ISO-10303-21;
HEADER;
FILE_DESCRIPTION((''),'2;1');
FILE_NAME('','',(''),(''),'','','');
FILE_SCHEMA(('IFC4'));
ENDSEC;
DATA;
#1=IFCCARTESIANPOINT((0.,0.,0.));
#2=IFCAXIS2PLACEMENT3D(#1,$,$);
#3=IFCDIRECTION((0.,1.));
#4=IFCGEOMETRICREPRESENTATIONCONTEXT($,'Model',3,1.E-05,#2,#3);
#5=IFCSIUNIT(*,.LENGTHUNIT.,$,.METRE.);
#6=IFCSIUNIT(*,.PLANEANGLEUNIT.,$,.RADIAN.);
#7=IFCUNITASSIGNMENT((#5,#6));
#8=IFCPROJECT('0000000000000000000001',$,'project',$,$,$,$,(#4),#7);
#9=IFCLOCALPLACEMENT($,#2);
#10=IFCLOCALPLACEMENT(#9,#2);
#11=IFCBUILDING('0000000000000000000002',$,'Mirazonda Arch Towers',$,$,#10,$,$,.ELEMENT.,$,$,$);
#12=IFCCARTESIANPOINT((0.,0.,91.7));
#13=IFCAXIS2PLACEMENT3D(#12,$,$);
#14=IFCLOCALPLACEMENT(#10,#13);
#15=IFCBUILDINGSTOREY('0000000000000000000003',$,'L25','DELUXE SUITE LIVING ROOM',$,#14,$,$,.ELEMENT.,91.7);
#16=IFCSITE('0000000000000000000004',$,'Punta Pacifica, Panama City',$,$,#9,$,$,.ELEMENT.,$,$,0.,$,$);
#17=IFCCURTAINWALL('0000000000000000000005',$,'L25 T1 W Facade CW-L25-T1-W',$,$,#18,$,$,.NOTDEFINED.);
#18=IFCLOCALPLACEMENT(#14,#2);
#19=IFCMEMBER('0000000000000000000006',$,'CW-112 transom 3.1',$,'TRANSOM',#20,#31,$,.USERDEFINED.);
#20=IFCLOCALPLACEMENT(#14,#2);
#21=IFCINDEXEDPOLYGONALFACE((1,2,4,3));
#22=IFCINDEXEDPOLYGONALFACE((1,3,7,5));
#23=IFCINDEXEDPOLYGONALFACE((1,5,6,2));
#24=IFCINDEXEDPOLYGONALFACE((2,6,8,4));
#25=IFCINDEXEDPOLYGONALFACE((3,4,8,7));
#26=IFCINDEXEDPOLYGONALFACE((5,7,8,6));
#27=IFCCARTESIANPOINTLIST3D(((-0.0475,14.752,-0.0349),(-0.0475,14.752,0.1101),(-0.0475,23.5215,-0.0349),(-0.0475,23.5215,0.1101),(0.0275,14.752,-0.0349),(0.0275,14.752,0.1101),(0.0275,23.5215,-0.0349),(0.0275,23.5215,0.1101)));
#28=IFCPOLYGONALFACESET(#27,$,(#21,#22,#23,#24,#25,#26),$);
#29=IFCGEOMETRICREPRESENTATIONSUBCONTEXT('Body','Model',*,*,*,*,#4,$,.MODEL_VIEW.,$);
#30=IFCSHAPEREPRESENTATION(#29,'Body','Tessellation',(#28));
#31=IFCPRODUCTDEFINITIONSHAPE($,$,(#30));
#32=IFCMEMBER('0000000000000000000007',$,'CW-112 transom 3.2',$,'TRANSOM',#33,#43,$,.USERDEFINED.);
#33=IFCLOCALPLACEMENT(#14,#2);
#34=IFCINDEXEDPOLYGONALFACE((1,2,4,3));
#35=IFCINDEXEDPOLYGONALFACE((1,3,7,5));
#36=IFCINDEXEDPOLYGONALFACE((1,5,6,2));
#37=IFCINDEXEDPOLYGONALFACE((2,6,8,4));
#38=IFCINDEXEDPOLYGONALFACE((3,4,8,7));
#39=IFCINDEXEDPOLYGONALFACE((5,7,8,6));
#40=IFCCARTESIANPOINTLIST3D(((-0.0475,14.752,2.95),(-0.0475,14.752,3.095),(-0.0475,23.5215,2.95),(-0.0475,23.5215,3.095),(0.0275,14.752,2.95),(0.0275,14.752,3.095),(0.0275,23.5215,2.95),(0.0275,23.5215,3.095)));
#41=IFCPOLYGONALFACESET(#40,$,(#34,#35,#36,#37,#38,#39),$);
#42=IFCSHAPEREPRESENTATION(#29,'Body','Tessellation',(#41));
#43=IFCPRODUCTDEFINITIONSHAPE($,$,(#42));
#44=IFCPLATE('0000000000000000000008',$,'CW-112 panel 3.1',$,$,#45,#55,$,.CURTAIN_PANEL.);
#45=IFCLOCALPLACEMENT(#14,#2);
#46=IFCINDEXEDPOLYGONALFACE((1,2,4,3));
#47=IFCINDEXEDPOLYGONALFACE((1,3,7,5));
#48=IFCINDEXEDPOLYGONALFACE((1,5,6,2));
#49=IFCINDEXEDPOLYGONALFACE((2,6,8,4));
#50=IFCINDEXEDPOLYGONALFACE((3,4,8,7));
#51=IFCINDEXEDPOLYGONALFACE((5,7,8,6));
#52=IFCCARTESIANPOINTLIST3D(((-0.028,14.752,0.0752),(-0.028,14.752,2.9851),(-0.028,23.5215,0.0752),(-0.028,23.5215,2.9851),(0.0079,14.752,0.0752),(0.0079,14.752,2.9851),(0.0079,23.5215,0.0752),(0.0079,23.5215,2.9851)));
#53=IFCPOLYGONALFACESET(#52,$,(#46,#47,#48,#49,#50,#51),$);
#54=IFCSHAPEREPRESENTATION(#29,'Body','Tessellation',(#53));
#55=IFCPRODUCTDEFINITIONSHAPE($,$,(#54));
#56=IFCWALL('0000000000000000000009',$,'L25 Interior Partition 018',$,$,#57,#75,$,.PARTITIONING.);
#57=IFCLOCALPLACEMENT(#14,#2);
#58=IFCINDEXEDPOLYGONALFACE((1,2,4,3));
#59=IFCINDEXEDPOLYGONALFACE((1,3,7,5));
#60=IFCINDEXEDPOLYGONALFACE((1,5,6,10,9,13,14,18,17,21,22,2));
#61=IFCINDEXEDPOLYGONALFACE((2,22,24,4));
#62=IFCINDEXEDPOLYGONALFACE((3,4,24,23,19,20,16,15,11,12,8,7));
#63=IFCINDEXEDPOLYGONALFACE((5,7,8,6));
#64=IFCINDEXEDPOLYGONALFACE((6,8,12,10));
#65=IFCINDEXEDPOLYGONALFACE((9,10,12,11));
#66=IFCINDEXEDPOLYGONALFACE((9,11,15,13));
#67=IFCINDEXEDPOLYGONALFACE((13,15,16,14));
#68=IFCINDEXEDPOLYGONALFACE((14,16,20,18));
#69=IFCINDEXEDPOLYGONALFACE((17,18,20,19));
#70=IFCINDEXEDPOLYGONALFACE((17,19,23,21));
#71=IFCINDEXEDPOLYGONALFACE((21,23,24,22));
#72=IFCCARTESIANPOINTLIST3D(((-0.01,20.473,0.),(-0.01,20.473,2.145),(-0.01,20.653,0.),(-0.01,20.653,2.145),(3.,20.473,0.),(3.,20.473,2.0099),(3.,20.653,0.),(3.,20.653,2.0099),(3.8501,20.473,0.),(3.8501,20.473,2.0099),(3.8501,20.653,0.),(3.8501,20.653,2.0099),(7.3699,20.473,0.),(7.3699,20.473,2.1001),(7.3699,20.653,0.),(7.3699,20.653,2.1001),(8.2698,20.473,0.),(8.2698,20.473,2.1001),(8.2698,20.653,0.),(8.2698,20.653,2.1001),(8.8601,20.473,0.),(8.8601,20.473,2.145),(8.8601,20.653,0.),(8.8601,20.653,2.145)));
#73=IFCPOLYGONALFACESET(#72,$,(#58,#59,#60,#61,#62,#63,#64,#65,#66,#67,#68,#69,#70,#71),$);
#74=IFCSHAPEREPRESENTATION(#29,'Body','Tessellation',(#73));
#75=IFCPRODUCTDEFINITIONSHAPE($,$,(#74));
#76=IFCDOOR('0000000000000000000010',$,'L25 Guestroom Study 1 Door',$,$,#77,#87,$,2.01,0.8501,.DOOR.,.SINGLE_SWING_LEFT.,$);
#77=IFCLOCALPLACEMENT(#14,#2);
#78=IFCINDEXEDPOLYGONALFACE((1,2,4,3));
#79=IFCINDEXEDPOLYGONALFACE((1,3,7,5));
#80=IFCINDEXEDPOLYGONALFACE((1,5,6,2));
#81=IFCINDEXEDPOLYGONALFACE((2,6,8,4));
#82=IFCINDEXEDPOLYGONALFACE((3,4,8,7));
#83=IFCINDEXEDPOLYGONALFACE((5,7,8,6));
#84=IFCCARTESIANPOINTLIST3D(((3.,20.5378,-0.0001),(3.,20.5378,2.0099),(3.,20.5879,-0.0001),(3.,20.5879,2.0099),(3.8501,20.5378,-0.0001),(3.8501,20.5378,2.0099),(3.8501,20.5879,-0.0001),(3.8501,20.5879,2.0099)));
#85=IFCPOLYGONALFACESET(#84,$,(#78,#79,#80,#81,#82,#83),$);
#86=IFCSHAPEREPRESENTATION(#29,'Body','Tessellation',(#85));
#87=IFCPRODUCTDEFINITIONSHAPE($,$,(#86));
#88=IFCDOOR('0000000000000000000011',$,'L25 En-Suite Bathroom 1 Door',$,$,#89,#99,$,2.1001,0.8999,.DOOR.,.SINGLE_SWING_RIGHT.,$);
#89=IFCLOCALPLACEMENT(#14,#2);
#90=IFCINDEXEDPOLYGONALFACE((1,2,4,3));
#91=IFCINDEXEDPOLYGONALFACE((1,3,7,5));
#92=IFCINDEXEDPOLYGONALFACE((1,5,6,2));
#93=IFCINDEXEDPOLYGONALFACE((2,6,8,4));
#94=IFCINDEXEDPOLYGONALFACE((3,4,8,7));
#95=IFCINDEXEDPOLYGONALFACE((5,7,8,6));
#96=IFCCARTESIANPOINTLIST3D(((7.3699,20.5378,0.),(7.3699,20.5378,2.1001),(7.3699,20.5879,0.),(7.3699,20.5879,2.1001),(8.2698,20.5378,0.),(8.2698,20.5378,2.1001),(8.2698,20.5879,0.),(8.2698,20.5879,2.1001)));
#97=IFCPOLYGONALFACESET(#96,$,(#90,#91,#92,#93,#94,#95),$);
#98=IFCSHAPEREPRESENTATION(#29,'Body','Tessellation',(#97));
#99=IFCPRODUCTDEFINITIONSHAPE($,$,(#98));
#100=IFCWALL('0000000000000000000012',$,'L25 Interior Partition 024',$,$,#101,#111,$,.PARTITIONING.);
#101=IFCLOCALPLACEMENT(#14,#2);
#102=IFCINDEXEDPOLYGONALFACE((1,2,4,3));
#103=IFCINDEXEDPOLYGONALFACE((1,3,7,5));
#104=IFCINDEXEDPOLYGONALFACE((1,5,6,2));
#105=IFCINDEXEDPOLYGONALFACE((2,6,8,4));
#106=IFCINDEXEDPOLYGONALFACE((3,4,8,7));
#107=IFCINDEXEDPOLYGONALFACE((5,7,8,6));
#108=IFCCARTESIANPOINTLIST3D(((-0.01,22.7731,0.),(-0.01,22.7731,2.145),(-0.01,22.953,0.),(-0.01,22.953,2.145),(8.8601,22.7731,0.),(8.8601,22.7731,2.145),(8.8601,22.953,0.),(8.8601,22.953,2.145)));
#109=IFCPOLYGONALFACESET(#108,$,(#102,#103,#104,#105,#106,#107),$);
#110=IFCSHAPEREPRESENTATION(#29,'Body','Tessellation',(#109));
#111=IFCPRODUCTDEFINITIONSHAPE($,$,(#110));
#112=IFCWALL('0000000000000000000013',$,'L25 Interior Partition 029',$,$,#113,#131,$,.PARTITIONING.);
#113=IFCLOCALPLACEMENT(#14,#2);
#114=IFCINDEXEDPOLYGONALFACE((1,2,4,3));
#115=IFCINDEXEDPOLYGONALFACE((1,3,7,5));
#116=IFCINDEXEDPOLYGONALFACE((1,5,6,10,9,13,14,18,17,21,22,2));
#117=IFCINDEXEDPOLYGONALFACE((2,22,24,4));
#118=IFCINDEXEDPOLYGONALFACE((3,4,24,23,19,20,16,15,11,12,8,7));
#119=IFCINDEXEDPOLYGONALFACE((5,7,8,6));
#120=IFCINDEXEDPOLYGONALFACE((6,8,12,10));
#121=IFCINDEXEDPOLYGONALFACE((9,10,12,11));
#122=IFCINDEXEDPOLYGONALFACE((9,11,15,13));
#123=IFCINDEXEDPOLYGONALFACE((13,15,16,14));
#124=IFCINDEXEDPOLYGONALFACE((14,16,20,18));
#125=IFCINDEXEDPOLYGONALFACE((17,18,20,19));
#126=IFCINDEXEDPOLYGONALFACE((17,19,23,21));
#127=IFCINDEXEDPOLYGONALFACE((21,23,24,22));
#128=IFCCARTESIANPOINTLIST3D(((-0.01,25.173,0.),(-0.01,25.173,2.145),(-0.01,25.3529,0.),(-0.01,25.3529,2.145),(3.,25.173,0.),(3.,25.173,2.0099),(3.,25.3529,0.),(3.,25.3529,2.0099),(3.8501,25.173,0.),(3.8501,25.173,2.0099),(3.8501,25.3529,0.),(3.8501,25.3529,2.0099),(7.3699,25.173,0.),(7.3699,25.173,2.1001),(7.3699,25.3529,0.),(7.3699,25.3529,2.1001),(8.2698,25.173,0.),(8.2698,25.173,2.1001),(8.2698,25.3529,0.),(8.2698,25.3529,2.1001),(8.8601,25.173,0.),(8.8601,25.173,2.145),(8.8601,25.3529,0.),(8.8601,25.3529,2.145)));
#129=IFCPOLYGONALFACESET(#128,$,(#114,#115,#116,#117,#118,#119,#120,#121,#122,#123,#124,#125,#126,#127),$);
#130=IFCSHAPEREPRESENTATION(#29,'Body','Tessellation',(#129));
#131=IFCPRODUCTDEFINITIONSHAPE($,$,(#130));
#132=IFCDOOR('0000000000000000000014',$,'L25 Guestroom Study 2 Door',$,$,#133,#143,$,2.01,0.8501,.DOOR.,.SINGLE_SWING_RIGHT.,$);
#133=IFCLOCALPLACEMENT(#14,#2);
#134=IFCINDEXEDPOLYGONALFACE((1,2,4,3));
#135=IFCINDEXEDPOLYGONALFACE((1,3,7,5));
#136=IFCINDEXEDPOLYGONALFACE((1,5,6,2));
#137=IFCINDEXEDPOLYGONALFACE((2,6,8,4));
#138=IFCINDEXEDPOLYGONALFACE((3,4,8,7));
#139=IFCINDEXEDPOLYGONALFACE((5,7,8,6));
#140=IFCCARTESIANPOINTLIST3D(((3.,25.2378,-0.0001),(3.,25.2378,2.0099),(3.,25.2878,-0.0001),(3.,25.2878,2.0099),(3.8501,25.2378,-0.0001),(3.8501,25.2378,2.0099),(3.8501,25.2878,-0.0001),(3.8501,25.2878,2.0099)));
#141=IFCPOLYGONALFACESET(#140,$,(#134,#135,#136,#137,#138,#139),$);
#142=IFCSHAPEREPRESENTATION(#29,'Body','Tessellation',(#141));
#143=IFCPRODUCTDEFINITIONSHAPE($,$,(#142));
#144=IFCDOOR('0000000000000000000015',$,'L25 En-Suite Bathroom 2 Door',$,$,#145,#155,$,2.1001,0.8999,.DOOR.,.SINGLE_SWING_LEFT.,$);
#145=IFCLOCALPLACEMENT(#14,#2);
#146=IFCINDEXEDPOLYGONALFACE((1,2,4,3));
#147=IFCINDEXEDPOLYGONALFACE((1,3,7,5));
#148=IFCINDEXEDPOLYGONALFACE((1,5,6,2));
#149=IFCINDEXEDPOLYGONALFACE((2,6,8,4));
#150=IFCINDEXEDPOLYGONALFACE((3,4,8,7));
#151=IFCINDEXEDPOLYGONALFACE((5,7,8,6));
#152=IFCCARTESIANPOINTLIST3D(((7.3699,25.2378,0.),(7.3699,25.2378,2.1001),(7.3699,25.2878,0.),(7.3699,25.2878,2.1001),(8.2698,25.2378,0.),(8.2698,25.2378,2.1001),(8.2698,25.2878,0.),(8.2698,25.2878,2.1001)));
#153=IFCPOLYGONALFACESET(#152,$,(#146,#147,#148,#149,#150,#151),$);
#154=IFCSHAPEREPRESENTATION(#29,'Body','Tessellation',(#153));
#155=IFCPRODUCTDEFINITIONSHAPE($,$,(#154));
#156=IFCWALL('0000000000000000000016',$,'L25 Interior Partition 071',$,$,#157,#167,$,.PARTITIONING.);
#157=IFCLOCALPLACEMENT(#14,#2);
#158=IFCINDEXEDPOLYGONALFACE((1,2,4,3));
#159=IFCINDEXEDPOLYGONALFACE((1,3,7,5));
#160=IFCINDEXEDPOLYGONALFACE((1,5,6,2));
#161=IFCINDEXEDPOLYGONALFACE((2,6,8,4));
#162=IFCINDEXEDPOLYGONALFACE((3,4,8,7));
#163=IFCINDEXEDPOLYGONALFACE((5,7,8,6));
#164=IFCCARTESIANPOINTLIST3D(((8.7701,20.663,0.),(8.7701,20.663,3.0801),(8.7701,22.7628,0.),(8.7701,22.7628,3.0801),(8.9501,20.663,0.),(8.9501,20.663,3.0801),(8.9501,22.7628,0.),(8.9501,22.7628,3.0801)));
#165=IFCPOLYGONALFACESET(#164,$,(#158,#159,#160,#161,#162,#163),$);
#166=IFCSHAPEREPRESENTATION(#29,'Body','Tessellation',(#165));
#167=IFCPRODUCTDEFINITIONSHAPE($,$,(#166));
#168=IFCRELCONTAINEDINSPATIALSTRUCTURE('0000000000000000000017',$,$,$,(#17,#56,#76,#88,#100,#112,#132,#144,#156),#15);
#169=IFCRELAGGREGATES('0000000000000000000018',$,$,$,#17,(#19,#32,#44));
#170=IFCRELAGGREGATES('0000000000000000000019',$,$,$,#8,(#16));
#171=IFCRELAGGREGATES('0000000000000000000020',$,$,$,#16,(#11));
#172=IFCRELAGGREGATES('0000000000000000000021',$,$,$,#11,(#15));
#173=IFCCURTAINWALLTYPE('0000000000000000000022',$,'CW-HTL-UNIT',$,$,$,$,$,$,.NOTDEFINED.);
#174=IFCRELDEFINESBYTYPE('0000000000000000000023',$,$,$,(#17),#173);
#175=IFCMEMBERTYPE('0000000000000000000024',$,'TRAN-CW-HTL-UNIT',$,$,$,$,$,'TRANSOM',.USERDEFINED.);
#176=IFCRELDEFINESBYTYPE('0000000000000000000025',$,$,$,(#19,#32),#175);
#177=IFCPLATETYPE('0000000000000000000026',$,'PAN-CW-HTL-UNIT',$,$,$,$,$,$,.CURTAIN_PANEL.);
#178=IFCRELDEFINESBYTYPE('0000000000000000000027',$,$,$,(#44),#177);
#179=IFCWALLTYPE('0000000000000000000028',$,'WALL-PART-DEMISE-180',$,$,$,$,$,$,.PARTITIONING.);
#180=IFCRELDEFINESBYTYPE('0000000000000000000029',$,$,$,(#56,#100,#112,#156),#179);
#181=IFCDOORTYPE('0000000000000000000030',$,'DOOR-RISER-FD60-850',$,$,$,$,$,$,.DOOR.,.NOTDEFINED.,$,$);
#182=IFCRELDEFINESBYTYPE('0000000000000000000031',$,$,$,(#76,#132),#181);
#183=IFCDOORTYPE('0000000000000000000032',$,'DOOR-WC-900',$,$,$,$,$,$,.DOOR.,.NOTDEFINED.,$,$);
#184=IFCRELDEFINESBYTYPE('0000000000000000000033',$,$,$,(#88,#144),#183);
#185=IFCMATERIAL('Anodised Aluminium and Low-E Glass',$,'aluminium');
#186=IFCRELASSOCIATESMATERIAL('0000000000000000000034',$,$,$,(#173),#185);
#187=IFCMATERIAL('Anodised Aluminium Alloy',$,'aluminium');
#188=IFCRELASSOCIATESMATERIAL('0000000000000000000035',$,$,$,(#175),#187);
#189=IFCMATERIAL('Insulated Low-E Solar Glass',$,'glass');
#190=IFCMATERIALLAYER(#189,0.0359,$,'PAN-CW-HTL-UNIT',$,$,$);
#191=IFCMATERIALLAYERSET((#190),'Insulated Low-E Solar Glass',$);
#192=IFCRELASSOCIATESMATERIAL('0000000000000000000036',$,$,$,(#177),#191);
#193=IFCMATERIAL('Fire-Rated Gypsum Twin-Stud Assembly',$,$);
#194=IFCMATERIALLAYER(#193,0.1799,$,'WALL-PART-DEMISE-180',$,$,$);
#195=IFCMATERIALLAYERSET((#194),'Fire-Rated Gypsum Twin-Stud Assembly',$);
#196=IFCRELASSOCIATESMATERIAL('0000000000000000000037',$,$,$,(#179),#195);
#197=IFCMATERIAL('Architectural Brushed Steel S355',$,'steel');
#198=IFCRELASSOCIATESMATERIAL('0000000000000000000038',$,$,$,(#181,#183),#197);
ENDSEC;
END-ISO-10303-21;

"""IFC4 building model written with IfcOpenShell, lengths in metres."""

from ifc_helpers import new_model, si_unit, direction, frame, frame_2d, origin, origin_2d, place, context, subcontext, project, spatial, rectangle, extrude, material, layer, layer_set, material_profile, profile_set, type_object, element, fill, aggregate, save


model = new_model("IFC4")

# Units and contexts
model_context = context("Model", 3, precision=1e-05, world=origin(), true_north=direction((0.0, 1.0)))
body_context = subcontext(model_context, "Body", "Model", "MODEL_VIEW")
ifc_project = project(units=[si_unit("LENGTHUNIT", "METRE"), si_unit("PLANEANGLEUNIT", "RADIAN")], contexts=[model_context])

# Site, building, storey
site_placement = place(None, origin())
site = spatial("IfcSite", under=ifc_project, at=site_placement, Name="Punta Pacifica, Panama City", CompositionType="ELEMENT", RefElevation=0.0)
building_placement = place(site_placement, origin())
building = spatial("IfcBuilding", under=site, at=building_placement, Name="Mirazonda Arch Towers", CompositionType="ELEMENT")
storey_placement = place(building_placement, frame((0.0, 0.0, 91.7)))
storey = spatial("IfcBuildingStorey", under=building, at=storey_placement, Name="L25", Description="DELUXE SUITE LIVING ROOM", CompositionType="ELEMENT", Elevation=91.7)

# Curtain wall, members, plate
ifc_material_1 = material(Name="Anodised Aluminium and Low-E Glass", Category="aluminium")
curtain_wall_type = type_object("IfcCurtainWallType", Name="CW-HTL-UNIT", PredefinedType="NOTDEFINED", material=ifc_material_1)
curtain_wall_placement = place(storey_placement, origin())
curtain_wall = element("IfcCurtainWall", 1, at=curtain_wall_placement, inside=storey, type_object=curtain_wall_type, Name="L25 T1 W Facade CW-L25-T1-W", PredefinedType="NOTDEFINED")
ifc_material_2 = material(Name="Anodised Aluminium Alloy", Category="aluminium")
ifc_material_profile_1 = material_profile(ifc_material_2, rectangle(XDim=0.075, YDim=0.145, at=origin_2d()), Name="ALU-TRAN-75x145")
ifc_profile_set_1 = profile_set([ifc_material_profile_1], Name="Anodised Aluminium Alloy")
member_type_1 = type_object("IfcMemberType", Name="TRAN-CW-HTL-UNIT", ElementType="TRANSOM", PredefinedType="USERDEFINED", material=ifc_profile_set_1)
member_1_placement = place(storey_placement, frame((-0.01, 23.5215, 0.0376), z_axis=(0.0, -1.0, 0.0), x_axis=(1.0, 0.0, 0.0)))
member_1 = element("IfcMember", 2, at=member_1_placement, type_object=member_type_1, Name="CW-112 transom 3.1", ObjectType="TRANSOM", PredefinedType="USERDEFINED", context=body_context, shape_type="SweptSolid", body=[
    extrude(rectangle(XDim=0.075, YDim=0.145, at=origin_2d()), origin(), (0.0, 0.0, 1.0), 8.7695),
])
member_2_placement = place(storey_placement, frame((-0.01, 23.5215, 3.0225), z_axis=(0.0, -1.0, 0.0), x_axis=(1.0, 0.0, 0.0)))
member_2 = element("IfcMember", 3, at=member_2_placement, type_object=member_type_1, Name="CW-112 transom 3.2", ObjectType="TRANSOM", PredefinedType="USERDEFINED", context=body_context, shape_type="SweptSolid", body=[
    extrude(rectangle(XDim=0.075, YDim=0.145, at=origin_2d()), origin(), (0.0, 0.0, 1.0), 8.7695),
])
ifc_material_3 = material(Name="Insulated Low-E Solar Glass", Category="glass")
ifc_layer_1 = layer(ifc_material_3, 0.0359, Name="PAN-CW-HTL-UNIT")
ifc_layer_set_1 = layer_set([ifc_layer_1], Name="Insulated Low-E Solar Glass")
plate_type = type_object("IfcPlateType", Name="PAN-CW-HTL-UNIT", PredefinedType="CURTAIN_PANEL", material=ifc_layer_set_1)
plate_placement = place(storey_placement, frame((-0.01, 19.1367, 0.0752), z_axis=(0.0, 0.0, 1.0), x_axis=(0.0, -1.0, 0.0)))
plate = element("IfcPlate", 4, at=plate_placement, type_object=plate_type, Name="CW-112 panel 3.1", PredefinedType="CURTAIN_PANEL", context=body_context, shape_type="SweptSolid", body=[
    extrude(rectangle(XDim=8.7695, YDim=0.0359, at=origin_2d()), origin(), (0.0, 0.0, 1.0), 2.9099),
])
aggregate(curtain_wall, [member_1, member_2, plate])

# Wall, openings, doors
ifc_material_4 = material(Name="Fire-Rated Gypsum Twin-Stud Assembly")
ifc_layer_2 = layer(ifc_material_4, 0.1799, Name="WALL-PART-DEMISE-180")
ifc_layer_set_2 = layer_set([ifc_layer_2], Name="Fire-Rated Gypsum Twin-Stud Assembly")
wall_type_1 = type_object("IfcWallType", Name="WALL-PART-DEMISE-180", PredefinedType="PARTITIONING", material=ifc_layer_set_2)
wall_1_placement = place(storey_placement, frame((-0.01, 20.563, 0.0), z_axis=(0.0, 0.0, 1.0), x_axis=(1.0, 0.0, 0.0)))
wall_1 = element("IfcWall", 5, at=wall_1_placement, inside=storey, type_object=wall_type_1, Name="L25 Interior Partition 018", PredefinedType="PARTITIONING", context=body_context, shape_type="SweptSolid", body=[
    extrude(rectangle(XDim=8.8701, YDim=0.1799, at=frame_2d((4.4351, 0.0))), origin(), (0.0, 0.0, 1.0), 2.145),
])
opening_1_placement = place(wall_1_placement, frame((3.01, 0.0, 0.0)))
opening_1 = element("IfcOpeningElement", 6, at=opening_1_placement, cuts=wall_1, PredefinedType="OPENING", context=body_context, shape_type="SweptSolid", body=[
    extrude(rectangle(XDim=0.8501, YDim=2.01, at=frame_2d((0.425, 1.0049))), frame((0.0, 0.0999, 0.0), z_axis=(0.0, -1.0, 0.0), x_axis=(1.0, 0.0, 0.0)), (0.0, 0.0, 1.0), 0.2),
])
opening_2_placement = place(wall_1_placement, frame((7.3799, 0.0, 0.0)))
opening_2 = element("IfcOpeningElement", 7, at=opening_2_placement, cuts=wall_1, PredefinedType="OPENING", context=body_context, shape_type="SweptSolid", body=[
    extrude(rectangle(XDim=0.8999, YDim=2.1001, at=frame_2d((0.45, 1.05))), frame((0.0, 0.0999, 0.0), z_axis=(0.0, -1.0, 0.0), x_axis=(1.0, 0.0, 0.0)), (0.0, 0.0, 1.0), 0.2),
])
ifc_material_5 = material(Name="Architectural Brushed Steel S355", Category="steel")
door_type_1 = type_object("IfcDoorType", Name="DOOR-RISER-FD60-850", OperationType="NOTDEFINED", PredefinedType="DOOR", material=ifc_material_5)
door_1_placement = place(opening_1_placement, origin())
door_1 = element("IfcDoor", 8, at=door_1_placement, inside=storey, type_object=door_type_1, Name="L25 Guestroom Study 1 Door", OperationType="SINGLE_SWING_LEFT", OverallHeight=2.01, OverallWidth=0.8501, PredefinedType="DOOR", context=body_context, shape_type="SweptSolid", body=[
    extrude(rectangle(XDim=0.8501, YDim=2.01, at=frame_2d((0.425, 1.0049))), frame((0.0, 0.0249, 0.0), z_axis=(0.0, -1.0, 0.0), x_axis=(1.0, 0.0, 0.0)), (0.0, 0.0, 1.0), 0.05),
])
fill(opening_1, door_1)
door_type_2 = type_object("IfcDoorType", Name="DOOR-WC-900", OperationType="NOTDEFINED", PredefinedType="DOOR", material=ifc_material_5)
door_2_placement = place(opening_2_placement, origin())
door_2 = element("IfcDoor", 9, at=door_2_placement, inside=storey, type_object=door_type_2, Name="L25 En-Suite Bathroom 1 Door", OperationType="SINGLE_SWING_RIGHT", OverallHeight=2.1001, OverallWidth=0.8999, PredefinedType="DOOR", context=body_context, shape_type="SweptSolid", body=[
    extrude(rectangle(XDim=0.8999, YDim=2.1001, at=frame_2d((0.45, 1.05))), frame((0.0, 0.0249, 0.0), z_axis=(0.0, -1.0, 0.0), x_axis=(1.0, 0.0, 0.0)), (0.0, 0.0, 1.0), 0.05),
])
fill(opening_2, door_2)

# Wall
wall_2_placement = place(storey_placement, frame((-0.01, 22.863, 0.0), z_axis=(0.0, 0.0, 1.0), x_axis=(1.0, 0.0, 0.0)))
element("IfcWall", 10, at=wall_2_placement, inside=storey, type_object=wall_type_1, Name="L25 Interior Partition 024", PredefinedType="PARTITIONING", context=body_context, shape_type="SweptSolid", body=[
    extrude(rectangle(XDim=8.8701, YDim=0.1799, at=frame_2d((4.4351, 0.0))), origin(), (0.0, 0.0, 1.0), 2.145),
])

# Wall, openings, doors
wall_3_placement = place(storey_placement, frame((-0.01, 25.2629, 0.0), z_axis=(0.0, 0.0, 1.0), x_axis=(1.0, 0.0, 0.0)))
wall_3 = element("IfcWall", 11, at=wall_3_placement, inside=storey, type_object=wall_type_1, Name="L25 Interior Partition 029", PredefinedType="PARTITIONING", context=body_context, shape_type="SweptSolid", body=[
    extrude(rectangle(XDim=8.8701, YDim=0.1799, at=frame_2d((4.4351, 0.0))), origin(), (0.0, 0.0, 1.0), 2.145),
])
opening_3_placement = place(wall_3_placement, frame((3.01, 0.0, 0.0)))
opening_3 = element("IfcOpeningElement", 12, at=opening_3_placement, cuts=wall_3, PredefinedType="OPENING", context=body_context, shape_type="SweptSolid", body=[
    extrude(rectangle(XDim=0.8501, YDim=2.01, at=frame_2d((0.425, 1.0049))), frame((0.0, 0.0999, 0.0), z_axis=(0.0, -1.0, 0.0), x_axis=(1.0, 0.0, 0.0)), (0.0, 0.0, 1.0), 0.2),
])
opening_4_placement = place(wall_3_placement, frame((7.3799, 0.0, 0.0)))
opening_4 = element("IfcOpeningElement", 13, at=opening_4_placement, cuts=wall_3, PredefinedType="OPENING", context=body_context, shape_type="SweptSolid", body=[
    extrude(rectangle(XDim=0.8999, YDim=2.1001, at=frame_2d((0.45, 1.05))), frame((0.0, 0.0999, 0.0), z_axis=(0.0, -1.0, 0.0), x_axis=(1.0, 0.0, 0.0)), (0.0, 0.0, 1.0), 0.2),
])
door_3_placement = place(opening_3_placement, origin())
door_3 = element("IfcDoor", 14, at=door_3_placement, inside=storey, type_object=door_type_1, Name="L25 Guestroom Study 2 Door", OperationType="SINGLE_SWING_RIGHT", OverallHeight=2.01, OverallWidth=0.8501, PredefinedType="DOOR", context=body_context, shape_type="SweptSolid", body=[
    extrude(rectangle(XDim=0.8501, YDim=2.01, at=frame_2d((0.425, 1.0049))), frame((0.0, 0.0249, 0.0), z_axis=(0.0, -1.0, 0.0), x_axis=(1.0, 0.0, 0.0)), (0.0, 0.0, 1.0), 0.05),
])
fill(opening_3, door_3)
door_4_placement = place(opening_4_placement, origin())
door_4 = element("IfcDoor", 15, at=door_4_placement, inside=storey, type_object=door_type_2, Name="L25 En-Suite Bathroom 2 Door", OperationType="SINGLE_SWING_LEFT", OverallHeight=2.1001, OverallWidth=0.8999, PredefinedType="DOOR", context=body_context, shape_type="SweptSolid", body=[
    extrude(rectangle(XDim=0.8999, YDim=2.1001, at=frame_2d((0.45, 1.05))), frame((0.0, 0.0249, 0.0), z_axis=(0.0, -1.0, 0.0), x_axis=(1.0, 0.0, 0.0)), (0.0, 0.0, 1.0), 0.05),
])
fill(opening_4, door_4)

# Wall
wall_4_placement = place(storey_placement, frame((8.8601, 20.6631, 0.0), z_axis=(0.0, 0.0, 1.0), x_axis=(0.0, 1.0, 0.0)))
element("IfcWall", 16, at=wall_4_placement, inside=storey, type_object=wall_type_1, Name="L25 Interior Partition 071", PredefinedType="PARTITIONING", context=body_context, shape_type="SweptSolid", body=[
    extrude(rectangle(XDim=2.0999, YDim=0.1799, at=frame_2d((1.0498, 0.0))), origin(), (0.0, 0.0, 1.0), 3.0801),
])

save(model, "model.ifc")
